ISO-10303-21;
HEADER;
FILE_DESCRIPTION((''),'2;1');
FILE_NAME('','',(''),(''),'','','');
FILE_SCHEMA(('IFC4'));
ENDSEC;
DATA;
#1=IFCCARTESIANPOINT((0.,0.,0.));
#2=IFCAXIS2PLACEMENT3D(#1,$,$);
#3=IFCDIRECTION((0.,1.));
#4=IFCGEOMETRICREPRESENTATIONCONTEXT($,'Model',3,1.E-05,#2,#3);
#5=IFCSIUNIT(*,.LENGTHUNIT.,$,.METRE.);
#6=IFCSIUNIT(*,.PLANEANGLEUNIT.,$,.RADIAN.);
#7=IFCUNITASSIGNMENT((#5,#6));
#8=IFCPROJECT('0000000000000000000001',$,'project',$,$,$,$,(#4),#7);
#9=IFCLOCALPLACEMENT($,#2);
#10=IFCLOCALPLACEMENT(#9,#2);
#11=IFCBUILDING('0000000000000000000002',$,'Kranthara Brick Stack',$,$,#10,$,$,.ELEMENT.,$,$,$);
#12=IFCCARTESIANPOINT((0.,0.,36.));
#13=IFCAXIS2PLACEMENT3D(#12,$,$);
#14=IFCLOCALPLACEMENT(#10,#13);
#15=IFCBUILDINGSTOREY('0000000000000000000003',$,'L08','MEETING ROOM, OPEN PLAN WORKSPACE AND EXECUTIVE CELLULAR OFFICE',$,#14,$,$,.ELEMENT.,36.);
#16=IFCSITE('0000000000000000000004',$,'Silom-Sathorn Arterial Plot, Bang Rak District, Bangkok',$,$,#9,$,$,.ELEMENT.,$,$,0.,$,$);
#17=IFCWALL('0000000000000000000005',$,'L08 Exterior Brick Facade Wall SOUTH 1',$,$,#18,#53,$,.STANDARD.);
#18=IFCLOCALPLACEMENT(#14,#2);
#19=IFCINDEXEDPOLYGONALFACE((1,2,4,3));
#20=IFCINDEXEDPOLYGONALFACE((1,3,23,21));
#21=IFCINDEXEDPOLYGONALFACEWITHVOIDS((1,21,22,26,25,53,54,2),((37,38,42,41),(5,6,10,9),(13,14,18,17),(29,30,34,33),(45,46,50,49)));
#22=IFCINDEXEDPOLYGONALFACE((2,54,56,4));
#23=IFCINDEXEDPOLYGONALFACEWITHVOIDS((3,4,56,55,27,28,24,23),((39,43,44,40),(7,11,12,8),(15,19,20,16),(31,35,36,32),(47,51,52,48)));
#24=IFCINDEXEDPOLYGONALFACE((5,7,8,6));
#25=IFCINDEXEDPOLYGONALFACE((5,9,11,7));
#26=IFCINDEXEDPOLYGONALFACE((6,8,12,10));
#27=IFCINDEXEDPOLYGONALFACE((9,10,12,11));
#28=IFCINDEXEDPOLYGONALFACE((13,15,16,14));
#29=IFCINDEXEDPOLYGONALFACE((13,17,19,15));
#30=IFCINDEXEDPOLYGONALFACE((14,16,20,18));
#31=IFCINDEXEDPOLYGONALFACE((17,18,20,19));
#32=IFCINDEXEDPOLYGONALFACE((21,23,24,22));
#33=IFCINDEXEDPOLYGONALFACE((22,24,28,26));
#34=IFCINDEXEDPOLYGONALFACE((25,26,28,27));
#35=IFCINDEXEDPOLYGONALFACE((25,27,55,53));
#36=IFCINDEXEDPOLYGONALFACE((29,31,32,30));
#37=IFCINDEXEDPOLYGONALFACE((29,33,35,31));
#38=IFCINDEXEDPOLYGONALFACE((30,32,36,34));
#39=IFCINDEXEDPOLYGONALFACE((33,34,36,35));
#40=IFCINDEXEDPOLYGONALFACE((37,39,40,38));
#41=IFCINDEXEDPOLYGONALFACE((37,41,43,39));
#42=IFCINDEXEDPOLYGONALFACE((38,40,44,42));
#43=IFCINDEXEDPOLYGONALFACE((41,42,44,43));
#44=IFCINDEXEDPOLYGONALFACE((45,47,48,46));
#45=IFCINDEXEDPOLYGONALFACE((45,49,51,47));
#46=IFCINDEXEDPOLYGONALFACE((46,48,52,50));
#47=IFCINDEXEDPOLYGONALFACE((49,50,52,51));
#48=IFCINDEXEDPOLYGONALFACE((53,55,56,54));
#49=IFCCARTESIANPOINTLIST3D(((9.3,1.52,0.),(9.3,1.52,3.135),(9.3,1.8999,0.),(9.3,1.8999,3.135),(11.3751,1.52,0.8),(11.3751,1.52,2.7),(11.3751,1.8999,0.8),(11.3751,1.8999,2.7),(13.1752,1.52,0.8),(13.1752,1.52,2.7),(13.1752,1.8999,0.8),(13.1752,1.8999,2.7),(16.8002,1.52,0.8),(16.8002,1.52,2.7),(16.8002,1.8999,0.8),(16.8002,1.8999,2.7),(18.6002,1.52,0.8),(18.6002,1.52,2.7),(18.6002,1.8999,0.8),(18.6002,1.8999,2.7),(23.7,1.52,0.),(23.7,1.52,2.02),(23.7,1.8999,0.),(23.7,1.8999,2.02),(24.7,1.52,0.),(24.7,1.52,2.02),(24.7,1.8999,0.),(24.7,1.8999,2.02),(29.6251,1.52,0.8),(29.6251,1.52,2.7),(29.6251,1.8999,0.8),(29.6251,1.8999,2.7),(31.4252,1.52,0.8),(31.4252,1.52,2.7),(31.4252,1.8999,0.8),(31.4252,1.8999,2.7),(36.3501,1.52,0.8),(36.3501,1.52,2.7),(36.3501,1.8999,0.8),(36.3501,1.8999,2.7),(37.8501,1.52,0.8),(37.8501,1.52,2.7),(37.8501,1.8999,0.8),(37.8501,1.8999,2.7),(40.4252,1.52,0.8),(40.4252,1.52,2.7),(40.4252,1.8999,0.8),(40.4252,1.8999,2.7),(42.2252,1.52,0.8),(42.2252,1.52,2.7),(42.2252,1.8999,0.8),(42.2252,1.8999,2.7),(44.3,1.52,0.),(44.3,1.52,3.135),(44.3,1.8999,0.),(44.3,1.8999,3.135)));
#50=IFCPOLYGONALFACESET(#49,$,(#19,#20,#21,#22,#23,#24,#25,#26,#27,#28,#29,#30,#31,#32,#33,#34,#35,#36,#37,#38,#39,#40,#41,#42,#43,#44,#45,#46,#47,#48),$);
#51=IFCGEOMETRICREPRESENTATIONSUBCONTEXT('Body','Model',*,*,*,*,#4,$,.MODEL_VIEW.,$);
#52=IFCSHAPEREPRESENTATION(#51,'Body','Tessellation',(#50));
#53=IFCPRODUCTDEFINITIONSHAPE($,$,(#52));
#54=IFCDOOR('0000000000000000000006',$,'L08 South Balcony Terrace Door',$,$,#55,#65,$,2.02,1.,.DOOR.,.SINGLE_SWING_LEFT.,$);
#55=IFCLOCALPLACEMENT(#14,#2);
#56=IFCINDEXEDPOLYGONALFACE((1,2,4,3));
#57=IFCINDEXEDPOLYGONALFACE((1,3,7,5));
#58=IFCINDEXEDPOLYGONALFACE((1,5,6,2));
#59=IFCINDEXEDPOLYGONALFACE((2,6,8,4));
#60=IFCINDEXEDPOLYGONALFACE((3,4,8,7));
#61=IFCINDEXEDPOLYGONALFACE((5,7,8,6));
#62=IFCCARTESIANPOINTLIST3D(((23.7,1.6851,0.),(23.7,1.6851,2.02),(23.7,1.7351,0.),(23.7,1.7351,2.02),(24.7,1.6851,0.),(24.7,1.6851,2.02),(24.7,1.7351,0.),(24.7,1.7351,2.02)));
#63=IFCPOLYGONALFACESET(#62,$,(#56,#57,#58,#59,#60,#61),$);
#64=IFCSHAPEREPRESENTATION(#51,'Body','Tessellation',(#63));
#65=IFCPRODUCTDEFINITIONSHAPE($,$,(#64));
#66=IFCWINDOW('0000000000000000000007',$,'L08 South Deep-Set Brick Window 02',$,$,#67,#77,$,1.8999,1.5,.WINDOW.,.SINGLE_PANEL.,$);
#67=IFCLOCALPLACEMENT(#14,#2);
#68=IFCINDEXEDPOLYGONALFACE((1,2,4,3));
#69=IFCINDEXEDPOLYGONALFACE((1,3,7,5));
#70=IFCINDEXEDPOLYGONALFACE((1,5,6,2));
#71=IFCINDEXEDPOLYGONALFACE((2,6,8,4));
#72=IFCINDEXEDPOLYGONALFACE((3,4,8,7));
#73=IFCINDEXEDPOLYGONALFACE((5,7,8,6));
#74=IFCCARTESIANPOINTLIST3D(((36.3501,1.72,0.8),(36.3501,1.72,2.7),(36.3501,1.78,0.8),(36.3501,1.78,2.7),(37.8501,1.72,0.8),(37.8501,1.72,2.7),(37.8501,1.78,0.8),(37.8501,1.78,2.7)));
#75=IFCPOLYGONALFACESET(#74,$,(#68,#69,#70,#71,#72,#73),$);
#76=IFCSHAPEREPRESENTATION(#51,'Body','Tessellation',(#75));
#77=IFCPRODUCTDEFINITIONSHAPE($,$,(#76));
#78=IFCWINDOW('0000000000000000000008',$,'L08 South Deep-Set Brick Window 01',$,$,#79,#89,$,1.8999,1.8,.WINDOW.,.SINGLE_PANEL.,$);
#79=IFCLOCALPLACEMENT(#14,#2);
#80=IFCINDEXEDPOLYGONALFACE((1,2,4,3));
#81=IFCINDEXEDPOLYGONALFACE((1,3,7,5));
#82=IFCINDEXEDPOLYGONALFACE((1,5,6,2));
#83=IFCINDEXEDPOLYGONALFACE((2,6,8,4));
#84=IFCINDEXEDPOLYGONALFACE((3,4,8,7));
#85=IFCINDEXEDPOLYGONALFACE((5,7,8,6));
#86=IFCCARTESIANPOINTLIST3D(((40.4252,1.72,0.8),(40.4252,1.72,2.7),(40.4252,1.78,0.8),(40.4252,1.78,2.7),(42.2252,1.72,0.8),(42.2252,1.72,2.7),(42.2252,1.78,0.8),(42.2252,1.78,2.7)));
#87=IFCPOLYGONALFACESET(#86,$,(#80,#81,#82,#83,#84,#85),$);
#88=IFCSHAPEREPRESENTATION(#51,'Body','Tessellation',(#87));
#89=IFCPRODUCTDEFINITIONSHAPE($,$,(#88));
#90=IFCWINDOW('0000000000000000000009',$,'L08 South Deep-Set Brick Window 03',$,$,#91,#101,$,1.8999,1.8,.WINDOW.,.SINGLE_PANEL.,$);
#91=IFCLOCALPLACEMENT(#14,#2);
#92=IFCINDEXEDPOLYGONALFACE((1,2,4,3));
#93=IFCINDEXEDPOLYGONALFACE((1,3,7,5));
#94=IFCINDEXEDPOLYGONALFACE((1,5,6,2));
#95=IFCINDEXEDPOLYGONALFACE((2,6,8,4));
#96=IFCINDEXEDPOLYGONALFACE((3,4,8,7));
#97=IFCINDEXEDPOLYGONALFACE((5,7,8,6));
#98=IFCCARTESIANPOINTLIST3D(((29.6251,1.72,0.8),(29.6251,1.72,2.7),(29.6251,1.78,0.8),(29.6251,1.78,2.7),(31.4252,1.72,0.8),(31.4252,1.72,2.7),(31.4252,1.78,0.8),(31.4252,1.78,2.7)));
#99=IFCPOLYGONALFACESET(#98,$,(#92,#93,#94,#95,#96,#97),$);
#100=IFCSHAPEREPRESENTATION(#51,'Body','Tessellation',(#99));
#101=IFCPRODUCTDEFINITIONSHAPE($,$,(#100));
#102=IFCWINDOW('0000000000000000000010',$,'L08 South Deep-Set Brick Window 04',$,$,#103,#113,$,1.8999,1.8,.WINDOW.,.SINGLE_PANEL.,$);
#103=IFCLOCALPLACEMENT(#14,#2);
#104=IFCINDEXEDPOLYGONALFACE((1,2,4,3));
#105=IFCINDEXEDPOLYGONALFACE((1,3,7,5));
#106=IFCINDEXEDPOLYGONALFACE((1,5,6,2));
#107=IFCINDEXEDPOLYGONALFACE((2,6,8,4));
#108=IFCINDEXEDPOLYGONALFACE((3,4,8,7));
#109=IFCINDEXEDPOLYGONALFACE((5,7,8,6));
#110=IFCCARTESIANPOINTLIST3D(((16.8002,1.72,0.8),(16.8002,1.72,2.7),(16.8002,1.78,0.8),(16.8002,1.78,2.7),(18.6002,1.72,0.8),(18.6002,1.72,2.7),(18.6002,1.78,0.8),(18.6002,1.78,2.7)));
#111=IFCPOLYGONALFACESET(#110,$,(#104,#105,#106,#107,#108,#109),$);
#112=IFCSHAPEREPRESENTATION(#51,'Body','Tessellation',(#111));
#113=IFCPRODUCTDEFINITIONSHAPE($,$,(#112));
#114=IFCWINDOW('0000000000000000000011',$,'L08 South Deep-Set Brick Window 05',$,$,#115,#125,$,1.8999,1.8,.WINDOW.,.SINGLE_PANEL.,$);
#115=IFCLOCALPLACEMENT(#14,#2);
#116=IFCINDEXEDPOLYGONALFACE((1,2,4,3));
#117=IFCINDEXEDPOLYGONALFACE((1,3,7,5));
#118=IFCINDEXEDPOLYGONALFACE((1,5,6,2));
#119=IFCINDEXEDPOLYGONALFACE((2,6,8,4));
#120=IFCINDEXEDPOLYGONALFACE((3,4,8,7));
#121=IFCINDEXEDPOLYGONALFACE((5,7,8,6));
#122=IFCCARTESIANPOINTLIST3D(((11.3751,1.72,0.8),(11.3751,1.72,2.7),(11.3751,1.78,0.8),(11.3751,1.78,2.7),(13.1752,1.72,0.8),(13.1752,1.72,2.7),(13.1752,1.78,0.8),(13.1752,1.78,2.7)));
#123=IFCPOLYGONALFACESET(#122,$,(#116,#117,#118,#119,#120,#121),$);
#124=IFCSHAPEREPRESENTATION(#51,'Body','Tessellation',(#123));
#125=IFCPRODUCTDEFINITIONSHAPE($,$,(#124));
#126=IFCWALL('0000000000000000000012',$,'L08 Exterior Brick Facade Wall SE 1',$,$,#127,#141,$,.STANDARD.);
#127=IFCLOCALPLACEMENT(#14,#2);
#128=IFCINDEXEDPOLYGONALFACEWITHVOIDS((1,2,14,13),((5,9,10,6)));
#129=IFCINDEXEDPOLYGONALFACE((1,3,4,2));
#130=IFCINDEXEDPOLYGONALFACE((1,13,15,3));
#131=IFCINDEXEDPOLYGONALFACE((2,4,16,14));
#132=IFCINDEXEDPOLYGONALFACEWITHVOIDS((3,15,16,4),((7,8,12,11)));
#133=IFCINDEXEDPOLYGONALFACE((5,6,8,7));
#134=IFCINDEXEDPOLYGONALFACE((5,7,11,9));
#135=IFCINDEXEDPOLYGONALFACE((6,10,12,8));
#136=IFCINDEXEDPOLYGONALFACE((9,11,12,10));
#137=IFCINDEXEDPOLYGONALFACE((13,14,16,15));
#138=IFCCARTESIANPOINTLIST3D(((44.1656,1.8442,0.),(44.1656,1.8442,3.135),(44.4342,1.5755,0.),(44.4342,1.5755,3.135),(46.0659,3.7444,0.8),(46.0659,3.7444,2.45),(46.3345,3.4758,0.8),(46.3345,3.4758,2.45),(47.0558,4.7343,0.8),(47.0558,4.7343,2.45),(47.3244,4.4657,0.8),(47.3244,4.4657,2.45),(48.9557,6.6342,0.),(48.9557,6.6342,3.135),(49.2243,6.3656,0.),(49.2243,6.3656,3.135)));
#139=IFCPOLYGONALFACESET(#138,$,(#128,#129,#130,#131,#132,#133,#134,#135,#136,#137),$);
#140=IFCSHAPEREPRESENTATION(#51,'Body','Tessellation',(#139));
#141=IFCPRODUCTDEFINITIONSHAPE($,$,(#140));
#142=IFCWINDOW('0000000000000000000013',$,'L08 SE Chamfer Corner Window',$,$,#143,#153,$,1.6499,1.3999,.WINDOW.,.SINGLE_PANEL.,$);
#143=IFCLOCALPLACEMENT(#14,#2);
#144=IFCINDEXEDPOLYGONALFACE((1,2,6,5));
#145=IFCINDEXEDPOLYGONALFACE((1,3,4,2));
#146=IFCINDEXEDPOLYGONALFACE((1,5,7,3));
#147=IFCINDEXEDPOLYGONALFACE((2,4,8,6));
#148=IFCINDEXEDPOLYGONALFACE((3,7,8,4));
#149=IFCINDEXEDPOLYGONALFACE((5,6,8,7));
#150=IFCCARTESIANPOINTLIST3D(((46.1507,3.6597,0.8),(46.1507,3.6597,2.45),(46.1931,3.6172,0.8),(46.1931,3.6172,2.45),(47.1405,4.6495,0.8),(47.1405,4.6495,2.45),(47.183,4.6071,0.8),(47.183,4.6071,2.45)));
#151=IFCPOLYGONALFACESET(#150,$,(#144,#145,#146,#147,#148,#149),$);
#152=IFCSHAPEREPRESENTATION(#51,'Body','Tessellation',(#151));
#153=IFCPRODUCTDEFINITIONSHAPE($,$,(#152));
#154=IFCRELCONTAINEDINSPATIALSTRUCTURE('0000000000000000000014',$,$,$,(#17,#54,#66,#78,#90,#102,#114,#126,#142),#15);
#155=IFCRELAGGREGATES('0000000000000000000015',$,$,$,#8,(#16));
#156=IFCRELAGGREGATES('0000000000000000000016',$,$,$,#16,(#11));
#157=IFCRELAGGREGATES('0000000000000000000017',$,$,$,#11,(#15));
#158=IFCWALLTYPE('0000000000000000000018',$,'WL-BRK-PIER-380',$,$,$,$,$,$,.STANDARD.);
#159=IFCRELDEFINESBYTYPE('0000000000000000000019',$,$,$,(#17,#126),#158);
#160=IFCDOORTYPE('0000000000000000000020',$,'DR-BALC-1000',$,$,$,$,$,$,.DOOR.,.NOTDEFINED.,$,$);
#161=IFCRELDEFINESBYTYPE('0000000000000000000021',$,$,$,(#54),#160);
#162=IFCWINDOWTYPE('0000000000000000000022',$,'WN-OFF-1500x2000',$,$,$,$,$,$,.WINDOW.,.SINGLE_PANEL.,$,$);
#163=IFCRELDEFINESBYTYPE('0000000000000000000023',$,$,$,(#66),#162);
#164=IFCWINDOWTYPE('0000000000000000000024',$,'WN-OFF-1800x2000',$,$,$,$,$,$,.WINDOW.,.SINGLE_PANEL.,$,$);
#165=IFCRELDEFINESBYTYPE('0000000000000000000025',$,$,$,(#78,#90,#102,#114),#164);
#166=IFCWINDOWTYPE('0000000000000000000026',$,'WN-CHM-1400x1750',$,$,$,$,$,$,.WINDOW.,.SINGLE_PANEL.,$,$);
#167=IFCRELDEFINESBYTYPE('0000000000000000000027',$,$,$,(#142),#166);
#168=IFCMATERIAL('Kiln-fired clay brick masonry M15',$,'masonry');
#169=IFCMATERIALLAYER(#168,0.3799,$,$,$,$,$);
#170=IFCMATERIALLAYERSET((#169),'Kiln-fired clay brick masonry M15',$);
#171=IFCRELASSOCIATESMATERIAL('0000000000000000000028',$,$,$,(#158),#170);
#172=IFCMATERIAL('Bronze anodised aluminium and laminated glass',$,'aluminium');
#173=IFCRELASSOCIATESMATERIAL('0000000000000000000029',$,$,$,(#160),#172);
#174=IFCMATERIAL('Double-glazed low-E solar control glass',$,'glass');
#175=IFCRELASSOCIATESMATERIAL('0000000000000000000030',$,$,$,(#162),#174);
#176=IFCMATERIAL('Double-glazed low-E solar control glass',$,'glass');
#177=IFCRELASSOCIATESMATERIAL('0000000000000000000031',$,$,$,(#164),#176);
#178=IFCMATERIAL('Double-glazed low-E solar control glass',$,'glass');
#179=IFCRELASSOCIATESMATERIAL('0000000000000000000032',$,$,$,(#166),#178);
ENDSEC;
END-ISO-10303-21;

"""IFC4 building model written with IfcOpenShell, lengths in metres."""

from ifc_helpers import new_model, si_unit, direction, frame, frame_2d, origin, place, context, subcontext, project, spatial, rectangle, extrude, material, layer, layer_set, type_object, element, fill, save


model = new_model("IFC4")

# Units and contexts
model_context = context("Model", 3, precision=1e-05, world=origin(), true_north=direction((0.0, 1.0)))
body_context = subcontext(model_context, "Body", "Model", "MODEL_VIEW")
ifc_project = project(units=[si_unit("LENGTHUNIT", "METRE"), si_unit("PLANEANGLEUNIT", "RADIAN")], contexts=[model_context])

# Site, building, storey
site_placement = place(None, origin())
site = spatial("IfcSite", under=ifc_project, at=site_placement, Name="Silom-Sathorn Arterial Plot, Bang Rak District, Bangkok", CompositionType="ELEMENT", RefElevation=0.0)
building_placement = place(site_placement, origin())
building = spatial("IfcBuilding", under=site, at=building_placement, Name="Kranthara Brick Stack", CompositionType="ELEMENT")
storey_placement = place(building_placement, frame((0.0, 0.0, 36.0)))
storey = spatial("IfcBuildingStorey", under=building, at=storey_placement, Name="L08", Description="MEETING ROOM, OPEN PLAN WORKSPACE AND EXECUTIVE CELLULAR OFFICE", CompositionType="ELEMENT", Elevation=36.0)

# Wall, openings, door, windows
ifc_material_1 = material(Name="Kiln-fired clay brick masonry M15", Category="masonry")
ifc_layer_1 = layer(ifc_material_1, 0.3799)
ifc_layer_set_1 = layer_set([ifc_layer_1], Name="Kiln-fired clay brick masonry M15")
wall_type_1 = type_object("IfcWallType", Name="WL-BRK-PIER-380", PredefinedType="STANDARD", material=ifc_layer_set_1)
wall_1_placement = place(storey_placement, frame((44.3, 1.71, 0.0), z_axis=(0.0, 0.0, 1.0), x_axis=(-1.0, 0.0, 0.0)))
wall_1 = element("IfcWall", 1, at=wall_1_placement, inside=storey, type_object=wall_type_1, Name="L08 Exterior Brick Facade Wall SOUTH 1", PredefinedType="STANDARD", context=body_context, shape_type="SweptSolid", body=[
    extrude(rectangle(XDim=35.0, YDim=0.3799, at=frame_2d((17.5, 0.0))), origin(), (0.0, 0.0, 1.0), 3.135),
])
opening_1_placement = place(wall_1_placement, frame((19.6001, 0.0, 0.0)))
opening_1 = element("IfcOpeningElement", 2, at=opening_1_placement, cuts=wall_1, PredefinedType="OPENING", context=body_context, shape_type="SweptSolid", body=[
    extrude(rectangle(XDim=1.0, YDim=2.02, at=frame_2d((0.5, 1.01))), frame((0.0, 0.2, 0.0), z_axis=(0.0, -1.0, 0.0), x_axis=(1.0, 0.0, 0.0)), (0.0, 0.0, 1.0), 0.3999),
])
opening_2_placement = place(wall_1_placement, frame((2.075, 0.0, 0.8)))
opening_2 = element("IfcOpeningElement", 3, at=opening_2_placement, cuts=wall_1, PredefinedType="OPENING", context=body_context, shape_type="SweptSolid", body=[
    extrude(rectangle(XDim=1.8, YDim=1.8999, at=frame_2d((0.8999, 0.95))), frame((0.0, 0.2, 0.0), z_axis=(0.0, -1.0, 0.0), x_axis=(1.0, 0.0, 0.0)), (0.0, 0.0, 1.0), 0.3999),
])
opening_3_placement = place(wall_1_placement, frame((6.45, 0.0, 0.8)))
opening_3 = element("IfcOpeningElement", 4, at=opening_3_placement, cuts=wall_1, PredefinedType="OPENING", context=body_context, shape_type="SweptSolid", body=[
    extrude(rectangle(XDim=1.5, YDim=1.8999, at=frame_2d((0.75, 0.95))), frame((0.0, 0.2, 0.0), z_axis=(0.0, -1.0, 0.0), x_axis=(1.0, 0.0, 0.0)), (0.0, 0.0, 1.0), 0.3999),
])
opening_4_placement = place(wall_1_placement, frame((12.875, 0.0, 0.8)))
opening_4 = element("IfcOpeningElement", 5, at=opening_4_placement, cuts=wall_1, PredefinedType="OPENING", context=body_context, shape_type="SweptSolid", body=[
    extrude(rectangle(XDim=1.8, YDim=1.8999, at=frame_2d((0.8999, 0.95))), frame((0.0, 0.2, 0.0), z_axis=(0.0, -1.0, 0.0), x_axis=(1.0, 0.0, 0.0)), (0.0, 0.0, 1.0), 0.3999),
])
opening_5_placement = place(wall_1_placement, frame((25.7, 0.0, 0.8)))
opening_5 = element("IfcOpeningElement", 6, at=opening_5_placement, cuts=wall_1, PredefinedType="OPENING", context=body_context, shape_type="SweptSolid", body=[
    extrude(rectangle(XDim=1.8, YDim=1.8999, at=frame_2d((0.8999, 0.95))), frame((0.0, 0.2, 0.0), z_axis=(0.0, -1.0, 0.0), x_axis=(1.0, 0.0, 0.0)), (0.0, 0.0, 1.0), 0.3999),
])
opening_6_placement = place(wall_1_placement, frame((31.125, 0.0, 0.8)))
opening_6 = element("IfcOpeningElement", 7, at=opening_6_placement, cuts=wall_1, PredefinedType="OPENING", context=body_context, shape_type="SweptSolid", body=[
    extrude(rectangle(XDim=1.8, YDim=1.8999, at=frame_2d((0.8999, 0.95))), frame((0.0, 0.2, 0.0), z_axis=(0.0, -1.0, 0.0), x_axis=(1.0, 0.0, 0.0)), (0.0, 0.0, 1.0), 0.3999),
])
ifc_material_2 = material(Name="Bronze anodised aluminium and laminated glass", Category="aluminium")
door_type = type_object("IfcDoorType", Name="DR-BALC-1000", OperationType="NOTDEFINED", PredefinedType="DOOR", material=ifc_material_2)
door_placement = place(opening_1_placement, origin())
door = element("IfcDoor", 8, at=door_placement, inside=storey, type_object=door_type, Name="L08 South Balcony Terrace Door", OperationType="SINGLE_SWING_LEFT", OverallHeight=2.02, OverallWidth=1.0, PredefinedType="DOOR", context=body_context, shape_type="SweptSolid", body=[
    extrude(rectangle(XDim=1.0, YDim=2.02, at=frame_2d((0.5, 1.01))), frame((0.0, 0.0249, 0.0), z_axis=(0.0, -1.0, 0.0), x_axis=(1.0, 0.0, 0.0)), (0.0, 0.0, 1.0), 0.05),
])
fill(opening_1, door)
ifc_material_3 = material(Name="Double-glazed low-E solar control glass", Category="glass")
window_type_1 = type_object("IfcWindowType", Name="WN-OFF-1500x2000", PartitioningType="SINGLE_PANEL", PredefinedType="WINDOW", material=ifc_material_3)
window_1_placement = place(opening_3_placement, origin())
window_1 = element("IfcWindow", 9, at=window_1_placement, inside=storey, type_object=window_type_1, Name="L08 South Deep-Set Brick Window 02", OverallHeight=1.8999, OverallWidth=1.5, PartitioningType="SINGLE_PANEL", PredefinedType="WINDOW", context=body_context, shape_type="SweptSolid", body=[
    extrude(rectangle(XDim=1.5, YDim=1.8999, at=frame_2d((0.75, 0.95))), frame((0.0, -0.01, 0.0), z_axis=(0.0, -1.0, 0.0), x_axis=(1.0, 0.0, 0.0)), (0.0, 0.0, 1.0), 0.0601),
])
fill(opening_3, window_1)
ifc_material_4 = material(Name="Double-glazed low-E solar control glass", Category="glass")
window_type_2 = type_object("IfcWindowType", Name="WN-OFF-1800x2000", PartitioningType="SINGLE_PANEL", PredefinedType="WINDOW", material=ifc_material_4)
window_2_placement = place(opening_2_placement, origin())
window_2 = element("IfcWindow", 10, at=window_2_placement, inside=storey, type_object=window_type_2, Name="L08 South Deep-Set Brick Window 01", OverallHeight=1.8999, OverallWidth=1.8, PartitioningType="SINGLE_PANEL", PredefinedType="WINDOW", context=body_context, shape_type="SweptSolid", body=[
    extrude(rectangle(XDim=1.8, YDim=1.8999, at=frame_2d((0.8999, 0.95))), frame((0.0, -0.01, 0.0), z_axis=(0.0, -1.0, 0.0), x_axis=(1.0, 0.0, 0.0)), (0.0, 0.0, 1.0), 0.0601),
])
fill(opening_2, window_2)
window_3_placement = place(opening_4_placement, origin())
window_3 = element("IfcWindow", 11, at=window_3_placement, inside=storey, type_object=window_type_2, Name="L08 South Deep-Set Brick Window 03", OverallHeight=1.8999, OverallWidth=1.8, PartitioningType="SINGLE_PANEL", PredefinedType="WINDOW", context=body_context, shape_type="SweptSolid", body=[
    extrude(rectangle(XDim=1.8, YDim=1.8999, at=frame_2d((0.8999, 0.95))), frame((0.0, -0.01, 0.0), z_axis=(0.0, -1.0, 0.0), x_axis=(1.0, 0.0, 0.0)), (0.0, 0.0, 1.0), 0.0601),
])
fill(opening_4, window_3)
window_4_placement = place(opening_5_placement, origin())
window_4 = element("IfcWindow", 12, at=window_4_placement, inside=storey, type_object=window_type_2, Name="L08 South Deep-Set Brick Window 04", OverallHeight=1.8999, OverallWidth=1.8, PartitioningType="SINGLE_PANEL", PredefinedType="WINDOW", context=body_context, shape_type="SweptSolid", body=[
    extrude(rectangle(XDim=1.8, YDim=1.8999, at=frame_2d((0.8999, 0.95))), frame((0.0, -0.01, 0.0), z_axis=(0.0, -1.0, 0.0), x_axis=(1.0, 0.0, 0.0)), (0.0, 0.0, 1.0), 0.0601),
])
fill(opening_5, window_4)
window_5_placement = place(opening_6_placement, origin())
window_5 = element("IfcWindow", 13, at=window_5_placement, inside=storey, type_object=window_type_2, Name="L08 South Deep-Set Brick Window 05", OverallHeight=1.8999, OverallWidth=1.8, PartitioningType="SINGLE_PANEL", PredefinedType="WINDOW", context=body_context, shape_type="SweptSolid", body=[
    extrude(rectangle(XDim=1.8, YDim=1.8999, at=frame_2d((0.8999, 0.95))), frame((0.0, -0.01, 0.0), z_axis=(0.0, -1.0, 0.0), x_axis=(1.0, 0.0, 0.0)), (0.0, 0.0, 1.0), 0.0601),
])
fill(opening_6, window_5)

# Wall, opening, window
wall_2_placement = place(storey_placement, frame((49.0901, 6.5, 0.0), z_axis=(0.0, 0.0, 1.0), x_axis=(-0.707107, -0.707107, 0.0)))
wall_2 = element("IfcWall", 14, at=wall_2_placement, inside=storey, type_object=wall_type_1, Name="L08 Exterior Brick Facade Wall SE 1", PredefinedType="STANDARD", context=body_context, shape_type="SweptSolid", body=[
    extrude(rectangle(XDim=6.7742, YDim=0.3799, at=frame_2d((3.3872, 0.0))), origin(), (0.0, 0.0, 1.0), 3.135),
])
opening_7_placement = place(wall_2_placement, frame((2.687, 0.0, 0.8)))
opening_7 = element("IfcOpeningElement", 15, at=opening_7_placement, cuts=wall_2, PredefinedType="OPENING", context=body_context, shape_type="SweptSolid", body=[
    extrude(rectangle(XDim=1.3999, YDim=1.6499, at=frame_2d((0.7, 0.825))), frame((0.0, 0.2, 0.0), z_axis=(0.0, -1.0, 0.0), x_axis=(1.0, 0.0, 0.0)), (0.0, 0.0, 1.0), 0.3999),
])
ifc_material_5 = material(Name="Double-glazed low-E solar control glass", Category="glass")
window_type_3 = type_object("IfcWindowType", Name="WN-CHM-1400x1750", PartitioningType="SINGLE_PANEL", PredefinedType="WINDOW", material=ifc_material_5)
window_6_placement = place(opening_7_placement, origin())
window_6 = element("IfcWindow", 16, at=window_6_placement, inside=storey, type_object=window_type_3, Name="L08 SE Chamfer Corner Window", OverallHeight=1.6499, OverallWidth=1.3999, PartitioningType="SINGLE_PANEL", PredefinedType="WINDOW", context=body_context, shape_type="SweptSolid", body=[
    extrude(rectangle(XDim=1.3999, YDim=1.6499, at=frame_2d((0.7, 0.825))), frame((0.0, -0.01, 0.0), z_axis=(0.0, -1.0, 0.0), x_axis=(1.0, 0.0, 0.0)), (0.0, 0.0, 1.0), 0.0601),
])
fill(opening_7, window_6)

save(model, "model.ifc")
